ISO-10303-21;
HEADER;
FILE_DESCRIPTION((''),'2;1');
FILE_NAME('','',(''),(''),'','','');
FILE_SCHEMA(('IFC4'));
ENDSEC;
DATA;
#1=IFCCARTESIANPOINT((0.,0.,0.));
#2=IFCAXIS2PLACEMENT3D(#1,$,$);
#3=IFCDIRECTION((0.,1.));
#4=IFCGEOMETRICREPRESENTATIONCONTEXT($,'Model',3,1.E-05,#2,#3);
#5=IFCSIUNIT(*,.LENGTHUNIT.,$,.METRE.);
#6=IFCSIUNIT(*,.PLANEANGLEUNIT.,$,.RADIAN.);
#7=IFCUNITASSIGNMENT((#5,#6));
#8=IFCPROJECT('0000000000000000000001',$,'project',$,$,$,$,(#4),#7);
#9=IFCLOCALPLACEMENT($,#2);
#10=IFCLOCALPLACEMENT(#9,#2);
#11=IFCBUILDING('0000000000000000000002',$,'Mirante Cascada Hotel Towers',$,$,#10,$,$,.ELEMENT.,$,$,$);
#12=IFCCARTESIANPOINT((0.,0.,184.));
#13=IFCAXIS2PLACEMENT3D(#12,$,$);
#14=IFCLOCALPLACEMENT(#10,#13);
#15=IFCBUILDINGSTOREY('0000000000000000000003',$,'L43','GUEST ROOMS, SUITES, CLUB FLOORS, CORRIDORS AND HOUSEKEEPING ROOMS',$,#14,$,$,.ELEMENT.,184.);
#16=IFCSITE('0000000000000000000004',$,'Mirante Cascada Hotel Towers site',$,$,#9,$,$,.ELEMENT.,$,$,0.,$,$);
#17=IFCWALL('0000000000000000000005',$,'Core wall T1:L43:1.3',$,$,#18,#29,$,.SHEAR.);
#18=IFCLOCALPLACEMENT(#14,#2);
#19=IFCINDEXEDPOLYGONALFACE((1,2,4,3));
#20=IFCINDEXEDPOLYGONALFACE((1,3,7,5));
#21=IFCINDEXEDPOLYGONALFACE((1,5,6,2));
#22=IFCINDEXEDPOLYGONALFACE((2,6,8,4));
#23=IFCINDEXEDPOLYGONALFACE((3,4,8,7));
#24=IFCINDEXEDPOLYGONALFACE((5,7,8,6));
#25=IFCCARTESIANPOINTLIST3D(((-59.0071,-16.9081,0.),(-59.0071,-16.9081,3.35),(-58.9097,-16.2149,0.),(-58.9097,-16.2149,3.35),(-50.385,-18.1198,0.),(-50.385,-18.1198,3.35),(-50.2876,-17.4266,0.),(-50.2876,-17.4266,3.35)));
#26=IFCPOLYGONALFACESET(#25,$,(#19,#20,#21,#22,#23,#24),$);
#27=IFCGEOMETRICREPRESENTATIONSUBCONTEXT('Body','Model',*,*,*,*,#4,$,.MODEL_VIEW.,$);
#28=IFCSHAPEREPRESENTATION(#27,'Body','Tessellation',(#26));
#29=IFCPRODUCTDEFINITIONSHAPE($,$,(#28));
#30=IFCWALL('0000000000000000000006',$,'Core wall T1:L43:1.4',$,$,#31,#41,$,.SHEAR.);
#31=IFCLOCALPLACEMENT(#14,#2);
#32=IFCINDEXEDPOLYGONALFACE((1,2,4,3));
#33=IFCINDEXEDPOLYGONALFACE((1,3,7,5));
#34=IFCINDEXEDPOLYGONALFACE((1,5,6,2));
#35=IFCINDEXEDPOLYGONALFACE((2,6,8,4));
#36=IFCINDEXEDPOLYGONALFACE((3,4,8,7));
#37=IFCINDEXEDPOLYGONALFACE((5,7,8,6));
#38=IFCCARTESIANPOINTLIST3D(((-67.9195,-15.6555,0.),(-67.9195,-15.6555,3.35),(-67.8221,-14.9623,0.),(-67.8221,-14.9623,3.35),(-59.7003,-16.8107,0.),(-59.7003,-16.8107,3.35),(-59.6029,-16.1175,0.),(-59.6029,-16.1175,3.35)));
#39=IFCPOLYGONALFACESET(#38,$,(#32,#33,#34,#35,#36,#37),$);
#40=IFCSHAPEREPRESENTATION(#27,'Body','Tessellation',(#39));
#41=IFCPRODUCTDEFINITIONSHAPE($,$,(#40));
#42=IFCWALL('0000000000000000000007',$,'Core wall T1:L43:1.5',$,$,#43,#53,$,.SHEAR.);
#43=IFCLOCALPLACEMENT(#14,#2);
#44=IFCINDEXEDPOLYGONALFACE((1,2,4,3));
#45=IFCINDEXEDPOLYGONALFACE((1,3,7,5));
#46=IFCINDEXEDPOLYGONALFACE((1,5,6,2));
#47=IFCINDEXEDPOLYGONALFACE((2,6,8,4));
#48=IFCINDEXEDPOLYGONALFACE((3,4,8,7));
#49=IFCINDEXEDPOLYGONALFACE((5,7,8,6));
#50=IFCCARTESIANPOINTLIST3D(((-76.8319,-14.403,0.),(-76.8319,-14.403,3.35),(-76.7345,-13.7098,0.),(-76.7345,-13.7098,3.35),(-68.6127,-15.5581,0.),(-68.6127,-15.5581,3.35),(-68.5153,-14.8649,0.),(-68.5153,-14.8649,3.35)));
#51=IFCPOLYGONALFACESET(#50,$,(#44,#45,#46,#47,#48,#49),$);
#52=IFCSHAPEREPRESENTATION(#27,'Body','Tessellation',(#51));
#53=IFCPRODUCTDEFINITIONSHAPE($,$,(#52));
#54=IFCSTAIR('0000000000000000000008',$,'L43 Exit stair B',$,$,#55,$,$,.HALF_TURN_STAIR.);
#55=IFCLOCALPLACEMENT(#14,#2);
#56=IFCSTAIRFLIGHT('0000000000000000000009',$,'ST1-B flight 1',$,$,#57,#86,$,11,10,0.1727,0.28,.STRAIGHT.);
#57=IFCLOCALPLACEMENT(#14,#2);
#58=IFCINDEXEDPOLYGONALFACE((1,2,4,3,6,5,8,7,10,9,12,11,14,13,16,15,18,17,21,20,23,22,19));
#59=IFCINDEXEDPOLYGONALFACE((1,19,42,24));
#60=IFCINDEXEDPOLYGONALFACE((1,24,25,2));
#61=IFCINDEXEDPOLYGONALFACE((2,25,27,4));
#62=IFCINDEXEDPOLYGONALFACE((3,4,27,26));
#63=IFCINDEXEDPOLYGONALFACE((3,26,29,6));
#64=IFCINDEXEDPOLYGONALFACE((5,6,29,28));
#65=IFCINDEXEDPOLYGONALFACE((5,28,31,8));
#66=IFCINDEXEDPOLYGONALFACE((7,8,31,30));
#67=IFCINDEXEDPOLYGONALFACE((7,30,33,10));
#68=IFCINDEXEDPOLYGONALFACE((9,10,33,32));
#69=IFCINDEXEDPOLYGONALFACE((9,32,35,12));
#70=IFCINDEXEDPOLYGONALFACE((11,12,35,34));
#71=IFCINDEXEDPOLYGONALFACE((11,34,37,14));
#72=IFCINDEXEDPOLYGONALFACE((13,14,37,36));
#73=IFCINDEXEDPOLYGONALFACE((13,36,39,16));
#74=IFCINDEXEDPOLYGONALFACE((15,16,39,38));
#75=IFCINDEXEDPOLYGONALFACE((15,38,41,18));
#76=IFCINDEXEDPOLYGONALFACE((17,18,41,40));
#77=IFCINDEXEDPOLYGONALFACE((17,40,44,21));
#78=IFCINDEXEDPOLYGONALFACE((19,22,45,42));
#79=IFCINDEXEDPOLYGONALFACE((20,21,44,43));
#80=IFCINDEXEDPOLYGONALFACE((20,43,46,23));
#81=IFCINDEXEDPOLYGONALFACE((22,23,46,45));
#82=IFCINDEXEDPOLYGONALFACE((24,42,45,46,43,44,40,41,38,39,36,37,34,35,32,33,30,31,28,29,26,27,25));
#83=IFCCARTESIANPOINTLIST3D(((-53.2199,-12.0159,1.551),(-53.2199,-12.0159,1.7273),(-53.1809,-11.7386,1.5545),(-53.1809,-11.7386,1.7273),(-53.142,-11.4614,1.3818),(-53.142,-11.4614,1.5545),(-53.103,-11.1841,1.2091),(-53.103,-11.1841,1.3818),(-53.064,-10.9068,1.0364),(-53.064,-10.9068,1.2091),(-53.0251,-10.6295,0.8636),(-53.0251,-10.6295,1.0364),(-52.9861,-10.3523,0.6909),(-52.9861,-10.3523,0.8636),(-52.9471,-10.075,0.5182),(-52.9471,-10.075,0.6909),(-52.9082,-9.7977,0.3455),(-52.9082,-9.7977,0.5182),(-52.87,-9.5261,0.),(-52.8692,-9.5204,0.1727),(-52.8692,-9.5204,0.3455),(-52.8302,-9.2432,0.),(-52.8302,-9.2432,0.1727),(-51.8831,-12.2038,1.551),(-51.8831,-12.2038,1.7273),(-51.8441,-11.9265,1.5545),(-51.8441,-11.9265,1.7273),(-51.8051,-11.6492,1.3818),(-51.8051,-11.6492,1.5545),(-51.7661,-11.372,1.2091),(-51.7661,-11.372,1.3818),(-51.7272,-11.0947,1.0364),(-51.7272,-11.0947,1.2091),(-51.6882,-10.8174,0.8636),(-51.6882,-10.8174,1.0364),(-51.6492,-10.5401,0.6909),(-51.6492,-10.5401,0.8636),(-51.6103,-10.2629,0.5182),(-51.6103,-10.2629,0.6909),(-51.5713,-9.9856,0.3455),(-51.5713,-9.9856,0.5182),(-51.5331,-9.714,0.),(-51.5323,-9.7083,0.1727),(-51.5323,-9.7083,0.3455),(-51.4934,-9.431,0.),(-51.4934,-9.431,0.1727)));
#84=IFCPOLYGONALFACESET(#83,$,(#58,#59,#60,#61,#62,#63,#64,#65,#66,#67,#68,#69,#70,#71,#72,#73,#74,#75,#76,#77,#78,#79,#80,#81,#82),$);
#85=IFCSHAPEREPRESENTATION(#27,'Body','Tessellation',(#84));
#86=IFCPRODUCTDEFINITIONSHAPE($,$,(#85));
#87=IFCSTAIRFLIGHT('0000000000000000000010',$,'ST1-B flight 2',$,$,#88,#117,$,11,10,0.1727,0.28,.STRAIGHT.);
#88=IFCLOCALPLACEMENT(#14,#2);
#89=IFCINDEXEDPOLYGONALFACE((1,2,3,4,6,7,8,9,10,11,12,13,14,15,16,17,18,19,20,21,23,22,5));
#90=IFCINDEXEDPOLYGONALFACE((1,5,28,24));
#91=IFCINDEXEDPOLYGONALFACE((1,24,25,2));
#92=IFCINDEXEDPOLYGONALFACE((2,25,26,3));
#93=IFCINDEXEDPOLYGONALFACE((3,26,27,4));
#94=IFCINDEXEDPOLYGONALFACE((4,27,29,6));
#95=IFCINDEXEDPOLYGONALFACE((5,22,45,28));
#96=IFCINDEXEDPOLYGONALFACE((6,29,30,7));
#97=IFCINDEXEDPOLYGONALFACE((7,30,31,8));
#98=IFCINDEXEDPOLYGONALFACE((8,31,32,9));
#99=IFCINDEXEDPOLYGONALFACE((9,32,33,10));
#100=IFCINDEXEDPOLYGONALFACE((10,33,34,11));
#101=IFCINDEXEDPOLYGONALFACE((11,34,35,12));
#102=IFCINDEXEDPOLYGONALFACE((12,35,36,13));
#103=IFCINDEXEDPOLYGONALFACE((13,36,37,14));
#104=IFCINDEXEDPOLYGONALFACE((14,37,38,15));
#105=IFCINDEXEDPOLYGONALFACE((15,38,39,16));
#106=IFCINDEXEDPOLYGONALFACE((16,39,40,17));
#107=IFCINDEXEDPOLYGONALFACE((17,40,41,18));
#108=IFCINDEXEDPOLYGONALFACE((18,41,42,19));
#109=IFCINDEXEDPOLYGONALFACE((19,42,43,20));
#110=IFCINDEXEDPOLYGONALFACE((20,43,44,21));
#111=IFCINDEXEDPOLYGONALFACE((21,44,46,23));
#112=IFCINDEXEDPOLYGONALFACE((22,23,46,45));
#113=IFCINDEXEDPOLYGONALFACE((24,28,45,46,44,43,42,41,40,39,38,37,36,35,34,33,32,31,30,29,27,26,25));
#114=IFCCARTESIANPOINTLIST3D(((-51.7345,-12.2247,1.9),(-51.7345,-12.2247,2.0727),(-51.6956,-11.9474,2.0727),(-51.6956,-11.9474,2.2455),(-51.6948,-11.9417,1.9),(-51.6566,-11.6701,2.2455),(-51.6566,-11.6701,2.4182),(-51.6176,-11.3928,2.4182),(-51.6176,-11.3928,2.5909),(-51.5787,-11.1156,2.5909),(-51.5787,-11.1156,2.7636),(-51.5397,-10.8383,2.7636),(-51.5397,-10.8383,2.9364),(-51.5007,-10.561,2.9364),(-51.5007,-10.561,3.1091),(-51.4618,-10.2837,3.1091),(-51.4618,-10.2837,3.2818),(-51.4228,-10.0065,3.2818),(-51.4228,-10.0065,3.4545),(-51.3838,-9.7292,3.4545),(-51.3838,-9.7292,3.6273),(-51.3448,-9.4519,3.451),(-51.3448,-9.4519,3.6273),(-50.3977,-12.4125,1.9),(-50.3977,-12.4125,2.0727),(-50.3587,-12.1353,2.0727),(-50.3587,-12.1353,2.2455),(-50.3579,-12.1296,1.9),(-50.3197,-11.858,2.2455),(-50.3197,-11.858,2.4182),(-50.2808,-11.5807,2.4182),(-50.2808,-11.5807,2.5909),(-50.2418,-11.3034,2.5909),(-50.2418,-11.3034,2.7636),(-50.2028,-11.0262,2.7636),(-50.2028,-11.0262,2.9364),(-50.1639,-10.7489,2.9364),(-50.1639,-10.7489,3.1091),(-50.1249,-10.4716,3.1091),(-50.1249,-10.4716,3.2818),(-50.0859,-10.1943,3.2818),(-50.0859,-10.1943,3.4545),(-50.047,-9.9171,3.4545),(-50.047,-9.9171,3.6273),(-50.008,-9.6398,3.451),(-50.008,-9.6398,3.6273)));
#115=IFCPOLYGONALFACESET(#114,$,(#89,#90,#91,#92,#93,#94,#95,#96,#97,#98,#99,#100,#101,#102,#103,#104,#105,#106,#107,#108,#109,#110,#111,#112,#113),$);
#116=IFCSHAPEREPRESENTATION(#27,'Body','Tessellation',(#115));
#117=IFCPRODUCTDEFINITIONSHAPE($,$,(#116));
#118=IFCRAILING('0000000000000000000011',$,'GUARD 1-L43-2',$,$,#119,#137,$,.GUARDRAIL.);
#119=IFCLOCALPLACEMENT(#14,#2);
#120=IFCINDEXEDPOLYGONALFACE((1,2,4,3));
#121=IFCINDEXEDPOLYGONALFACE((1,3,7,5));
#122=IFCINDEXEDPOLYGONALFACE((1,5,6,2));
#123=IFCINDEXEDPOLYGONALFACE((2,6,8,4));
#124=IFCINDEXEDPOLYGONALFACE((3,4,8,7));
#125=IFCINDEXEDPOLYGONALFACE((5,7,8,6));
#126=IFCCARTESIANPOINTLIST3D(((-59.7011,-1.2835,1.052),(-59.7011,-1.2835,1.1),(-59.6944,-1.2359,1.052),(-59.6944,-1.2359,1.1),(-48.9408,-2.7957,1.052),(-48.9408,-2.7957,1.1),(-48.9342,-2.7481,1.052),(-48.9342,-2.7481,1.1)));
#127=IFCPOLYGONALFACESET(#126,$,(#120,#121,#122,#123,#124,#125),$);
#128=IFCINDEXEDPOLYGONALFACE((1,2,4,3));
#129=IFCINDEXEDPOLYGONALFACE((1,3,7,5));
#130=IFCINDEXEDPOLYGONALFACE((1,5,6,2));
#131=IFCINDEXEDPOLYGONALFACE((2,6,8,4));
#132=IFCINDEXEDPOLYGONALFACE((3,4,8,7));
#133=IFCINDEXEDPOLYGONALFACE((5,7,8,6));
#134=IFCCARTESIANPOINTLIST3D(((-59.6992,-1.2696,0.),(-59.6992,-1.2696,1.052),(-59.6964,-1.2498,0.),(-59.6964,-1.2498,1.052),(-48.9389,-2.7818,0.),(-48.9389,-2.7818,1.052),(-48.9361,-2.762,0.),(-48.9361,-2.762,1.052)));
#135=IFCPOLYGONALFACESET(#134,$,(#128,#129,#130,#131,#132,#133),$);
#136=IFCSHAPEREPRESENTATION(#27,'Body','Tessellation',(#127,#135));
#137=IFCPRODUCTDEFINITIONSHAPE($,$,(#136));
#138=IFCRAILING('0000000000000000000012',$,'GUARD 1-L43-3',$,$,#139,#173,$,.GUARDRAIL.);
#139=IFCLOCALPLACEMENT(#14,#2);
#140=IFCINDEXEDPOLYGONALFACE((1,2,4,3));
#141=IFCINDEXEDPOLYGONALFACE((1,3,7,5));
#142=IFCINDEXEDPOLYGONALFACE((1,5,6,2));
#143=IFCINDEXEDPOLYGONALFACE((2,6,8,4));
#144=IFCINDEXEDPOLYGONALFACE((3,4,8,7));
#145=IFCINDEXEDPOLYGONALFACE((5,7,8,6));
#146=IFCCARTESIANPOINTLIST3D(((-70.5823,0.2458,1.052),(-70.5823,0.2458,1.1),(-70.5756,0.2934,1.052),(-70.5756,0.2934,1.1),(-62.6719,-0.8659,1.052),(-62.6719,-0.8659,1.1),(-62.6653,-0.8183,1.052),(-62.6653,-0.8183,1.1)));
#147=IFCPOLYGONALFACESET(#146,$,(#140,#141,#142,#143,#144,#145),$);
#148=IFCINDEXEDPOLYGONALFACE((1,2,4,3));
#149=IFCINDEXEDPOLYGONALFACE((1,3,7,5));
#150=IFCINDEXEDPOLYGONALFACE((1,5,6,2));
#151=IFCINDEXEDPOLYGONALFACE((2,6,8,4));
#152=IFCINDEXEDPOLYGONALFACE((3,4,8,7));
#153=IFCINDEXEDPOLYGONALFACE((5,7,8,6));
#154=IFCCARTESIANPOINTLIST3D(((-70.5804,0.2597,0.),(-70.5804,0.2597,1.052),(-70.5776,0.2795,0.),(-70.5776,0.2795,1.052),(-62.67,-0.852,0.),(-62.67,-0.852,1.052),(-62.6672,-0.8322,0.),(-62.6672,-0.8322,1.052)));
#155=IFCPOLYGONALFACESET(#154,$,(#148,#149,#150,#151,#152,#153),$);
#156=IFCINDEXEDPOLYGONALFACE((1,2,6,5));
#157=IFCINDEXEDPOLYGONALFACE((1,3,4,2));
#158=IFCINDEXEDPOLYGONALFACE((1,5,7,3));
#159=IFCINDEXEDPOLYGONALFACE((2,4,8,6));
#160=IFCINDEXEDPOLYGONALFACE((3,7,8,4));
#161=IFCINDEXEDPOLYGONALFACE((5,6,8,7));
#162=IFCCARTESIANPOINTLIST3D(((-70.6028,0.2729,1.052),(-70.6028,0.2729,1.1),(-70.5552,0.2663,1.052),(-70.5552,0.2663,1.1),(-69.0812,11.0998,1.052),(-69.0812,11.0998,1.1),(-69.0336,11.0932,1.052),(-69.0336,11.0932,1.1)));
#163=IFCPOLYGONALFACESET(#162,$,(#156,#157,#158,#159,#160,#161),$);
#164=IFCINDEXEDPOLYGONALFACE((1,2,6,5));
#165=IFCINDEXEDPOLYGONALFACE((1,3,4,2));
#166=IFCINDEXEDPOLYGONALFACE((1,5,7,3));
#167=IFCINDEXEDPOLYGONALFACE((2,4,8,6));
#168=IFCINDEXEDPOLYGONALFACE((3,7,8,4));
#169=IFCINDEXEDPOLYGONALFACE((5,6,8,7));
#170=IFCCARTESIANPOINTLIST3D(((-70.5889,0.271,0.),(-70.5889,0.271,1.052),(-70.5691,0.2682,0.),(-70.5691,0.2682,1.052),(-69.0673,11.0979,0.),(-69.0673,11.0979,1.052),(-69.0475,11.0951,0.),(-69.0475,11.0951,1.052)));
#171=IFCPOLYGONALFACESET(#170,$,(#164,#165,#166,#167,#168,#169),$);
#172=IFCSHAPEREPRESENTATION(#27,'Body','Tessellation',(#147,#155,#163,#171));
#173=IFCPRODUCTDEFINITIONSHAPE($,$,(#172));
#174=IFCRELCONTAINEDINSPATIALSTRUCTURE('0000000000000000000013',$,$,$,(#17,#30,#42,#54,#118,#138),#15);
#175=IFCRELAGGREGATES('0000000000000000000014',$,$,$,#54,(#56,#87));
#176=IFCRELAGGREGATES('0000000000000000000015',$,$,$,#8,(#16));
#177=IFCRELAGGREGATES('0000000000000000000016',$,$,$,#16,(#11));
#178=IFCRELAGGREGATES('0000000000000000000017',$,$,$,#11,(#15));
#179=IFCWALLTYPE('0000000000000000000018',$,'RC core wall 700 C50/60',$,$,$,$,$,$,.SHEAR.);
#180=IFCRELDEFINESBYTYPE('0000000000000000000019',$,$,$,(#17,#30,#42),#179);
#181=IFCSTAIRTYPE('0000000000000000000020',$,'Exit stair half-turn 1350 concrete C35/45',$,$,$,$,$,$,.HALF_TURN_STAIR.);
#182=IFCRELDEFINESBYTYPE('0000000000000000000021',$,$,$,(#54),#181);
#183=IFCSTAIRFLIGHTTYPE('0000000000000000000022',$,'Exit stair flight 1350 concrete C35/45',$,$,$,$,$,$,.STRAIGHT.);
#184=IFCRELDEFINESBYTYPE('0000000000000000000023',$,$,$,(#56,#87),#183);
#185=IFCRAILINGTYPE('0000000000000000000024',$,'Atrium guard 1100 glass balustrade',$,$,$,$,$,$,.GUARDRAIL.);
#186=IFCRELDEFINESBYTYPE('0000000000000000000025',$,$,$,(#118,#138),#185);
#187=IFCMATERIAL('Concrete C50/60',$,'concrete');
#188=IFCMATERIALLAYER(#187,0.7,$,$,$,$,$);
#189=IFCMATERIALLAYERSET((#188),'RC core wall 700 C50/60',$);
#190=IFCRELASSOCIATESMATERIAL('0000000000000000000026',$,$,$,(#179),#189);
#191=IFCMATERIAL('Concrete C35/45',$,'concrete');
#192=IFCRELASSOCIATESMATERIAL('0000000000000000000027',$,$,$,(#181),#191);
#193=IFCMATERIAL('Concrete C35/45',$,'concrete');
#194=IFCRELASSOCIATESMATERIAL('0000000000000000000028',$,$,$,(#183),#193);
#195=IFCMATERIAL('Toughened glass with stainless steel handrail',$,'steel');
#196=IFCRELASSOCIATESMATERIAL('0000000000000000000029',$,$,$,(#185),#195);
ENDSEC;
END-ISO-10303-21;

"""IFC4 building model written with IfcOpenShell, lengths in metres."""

from ifc_helpers import new_model, si_unit, direction, frame, frame_2d, origin, origin_2d, place, context, subcontext, project, spatial, polyline, rectangle, outline, extrude, material, layer, layer_set, type_object, element, aggregate, save


model = new_model("IFC4")

# Units and contexts
model_context = context("Model", 3, precision=1e-05, world=origin(), true_north=direction((0.0, 1.0)))
body_context = subcontext(model_context, "Body", "Model", "MODEL_VIEW")
ifc_project = project(units=[si_unit("LENGTHUNIT", "METRE"), si_unit("PLANEANGLEUNIT", "RADIAN")], contexts=[model_context])

# Site, building, storey
site_placement = place(None, origin())
site = spatial("IfcSite", under=ifc_project, at=site_placement, Name="Mirante Cascada Hotel Towers site", CompositionType="ELEMENT", RefElevation=0.0)
building_placement = place(site_placement, origin())
building = spatial("IfcBuilding", under=site, at=building_placement, Name="Mirante Cascada Hotel Towers", CompositionType="ELEMENT")
storey_placement = place(building_placement, frame((0.0, 0.0, 184.0)))
storey = spatial("IfcBuildingStorey", under=building, at=storey_placement, Name="L43", Description="GUEST ROOMS, SUITES, CLUB FLOORS, CORRIDORS AND HOUSEKEEPING ROOMS", CompositionType="ELEMENT", Elevation=184.0)

# Walls
ifc_material_1 = material(Name="Concrete C50/60", Category="concrete")
ifc_layer_1 = layer(ifc_material_1, 0.7)
ifc_layer_set_1 = layer_set([ifc_layer_1], Name="RC core wall 700 C50/60")
wall_type_1 = type_object("IfcWallType", Name="RC core wall 700 C50/60", PredefinedType="SHEAR", material=ifc_layer_set_1)
wall_1_placement = place(storey_placement, frame((-50.3363, -17.7732, 0.0), z_axis=(0.0, 0.0, 1.0), x_axis=(-0.990269, 0.139167, 0.0)))
element("IfcWall", 1, at=wall_1_placement, inside=storey, type_object=wall_type_1, Name="Core wall T1:L43:1.3", PredefinedType="SHEAR", context=body_context, shape_type="SweptSolid", body=[
    extrude(rectangle(XDim=8.7068, YDim=0.7, at=frame_2d((4.3534, 0.0))), origin(), (0.0, 0.0, 1.0), 3.35),
])
for number, where, z_axis, x_axis, name in (
    (2, (-59.6516, -16.4641, 0.0), (0.0, 0.0, 1.0), (-0.990267, 0.139181, 0.0), "Core wall T1:L43:1.4"),
    (3, (-68.564, -15.2115, 0.0), (0.0, 0.0, 1.0), (-0.990269, 0.139169, 0.0), "Core wall T1:L43:1.5"),
):
    element("IfcWall", number, at=place(storey_placement, frame(where, z_axis=z_axis, x_axis=x_axis)), inside=storey, type_object=wall_type_1, Name=name, PredefinedType="SHEAR", context=body_context, shape_type="SweptSolid", body=[
        extrude(rectangle(XDim=8.3, YDim=0.7, at=frame_2d((4.15, 0.0))), origin(), (0.0, 0.0, 1.0), 3.35),
    ])

# Stair, stair flights
ifc_material_2 = material(Name="Concrete C35/45", Category="concrete")
stair_type = type_object("IfcStairType", Name="Exit stair half-turn 1350 concrete C35/45", PredefinedType="HALF_TURN_STAIR", material=ifc_material_2)
stair_placement = place(storey_placement, origin())
stair = element("IfcStair", 4, at=stair_placement, inside=storey, type_object=stair_type, Name="L43 Exit stair B", PredefinedType="HALF_TURN_STAIR")
ifc_material_3 = material(Name="Concrete C35/45", Category="concrete")
stair_flight_type = type_object("IfcStairFlightType", Name="Exit stair flight 1350 concrete C35/45", PredefinedType="STRAIGHT", material=ifc_material_3)
stair_flight_1_placement = place(storey_placement, frame((-52.1618, -9.3371, 0.0), z_axis=(0.0, 0.0, 1.0), x_axis=(-0.139173, -0.990268, 0.0)))
stair_flight_1 = element("IfcStairFlight", 5, at=stair_flight_1_placement, type_object=stair_flight_type, Name="ST1-B flight 1", NumberOfRisers=11, NumberOfTreads=10, PredefinedType="STRAIGHT", RiserHeight=0.1727, TreadLength=0.28, context=body_context, shape_type="SweptSolid", body=[
    extrude(outline(polyline([(0.0, 0.0), (0.0, 0.1727), (0.28, 0.1727), (0.28, 0.3455), (0.56, 0.3455), (0.56, 0.5182), (0.84, 0.5182), (0.84, 0.6909), (1.12, 0.6909), (1.12, 0.8636), (1.4, 0.8636), (1.4, 1.0364), (1.68, 1.0364), (1.68, 1.2091), (1.96, 1.2091), (1.96, 1.3818), (2.24, 1.3818), (2.24, 1.5545), (2.52, 1.5545), (2.52, 1.7273), (2.8, 1.7273), (2.8, 1.9), (2.8, 1.551), (0.2857, 0.0), (0.0, 0.0)])), frame((0.0, 0.675, 0.0), z_axis=(0.0, -1.0, 0.0), x_axis=(1.0, 0.0, 0.0)), (0.0, 0.0, 1.0), 1.35),
])
stair_flight_2_placement = place(storey_placement, frame((-51.0661, -12.3186, 1.9), z_axis=(0.0, 0.0, 1.0), x_axis=(0.139173, 0.990268, 0.0)))
stair_flight_2 = element("IfcStairFlight", 6, at=stair_flight_2_placement, type_object=stair_flight_type, Name="ST1-B flight 2", NumberOfRisers=11, NumberOfTreads=10, PredefinedType="STRAIGHT", RiserHeight=0.1727, TreadLength=0.28, context=body_context, shape_type="SweptSolid", body=[
    extrude(outline(polyline([(0.0, 0.0), (0.0, 0.1727), (0.28, 0.1727), (0.28, 0.3455), (0.56, 0.3455), (0.56, 0.5182), (0.84, 0.5182), (0.84, 0.6909), (1.12, 0.6909), (1.12, 0.8636), (1.4, 0.8636), (1.4, 1.0364), (1.68, 1.0364), (1.68, 1.2091), (1.96, 1.2091), (1.96, 1.3818), (2.24, 1.3818), (2.24, 1.5545), (2.52, 1.5545), (2.52, 1.7273), (2.8, 1.7273), (2.8, 1.9), (2.8, 1.551), (0.2857, 0.0), (0.0, 0.0)])), frame((0.0, 0.675, 0.0), z_axis=(0.0, -1.0, 0.0), x_axis=(1.0, 0.0, 0.0)), (0.0, 0.0, 1.0), 1.35),
])
aggregate(stair, [stair_flight_1, stair_flight_2])

# Railings
ifc_material_4 = material(Name="Toughened glass with stainless steel handrail", Category="steel")
railing_type_1 = type_object("IfcRailingType", Name="Atrium guard 1100 glass balustrade", PredefinedType="GUARDRAIL", material=ifc_material_4)
railing_1_placement = place(storey_placement, frame((-48.9375, -2.7719, 0.0)))
element("IfcRailing", 7, at=railing_1_placement, inside=storey, type_object=railing_type_1, Name="GUARD 1-L43-2", PredefinedType="GUARDRAIL", context=body_context, shape_type="SweptSolid", body=[
    extrude(rectangle(XDim=0.048, YDim=0.048, at=origin_2d()), frame((0.0, 0.0, 1.076), z_axis=(-0.990269, 0.139167, 0.0), x_axis=(-0.139167, -0.990269, 0.0)), (0.0, 0.0, 1.0), 10.866),
    extrude(rectangle(XDim=0.02, YDim=1.052, at=origin_2d()), frame((0.0, 0.0, 0.526), z_axis=(-0.990269, 0.139167, 0.0), x_axis=(-0.139167, -0.990269, 0.0)), (0.0, 0.0, 1.0), 10.866),
])
railing_2_placement = place(storey_placement, frame((-62.6686, -0.8421, 0.0)))
element("IfcRailing", 8, at=railing_2_placement, inside=storey, type_object=railing_type_1, Name="GUARD 1-L43-3", PredefinedType="GUARDRAIL", context=body_context, shape_type="SweptSolid", body=[
    extrude(rectangle(XDim=0.048, YDim=0.048, at=origin_2d()), frame((0.0, 0.0, 1.076), z_axis=(-0.990269, 0.139169, 0.0), x_axis=(-0.139169, -0.990269, 0.0)), (0.0, 0.0, 1.0), 7.9881),
    extrude(rectangle(XDim=0.02, YDim=1.052, at=origin_2d()), frame((0.0, 0.0, 0.526), z_axis=(-0.990269, 0.139169, 0.0), x_axis=(-0.139169, -0.990269, 0.0)), (0.0, 0.0, 1.0), 7.9881),
    extrude(rectangle(XDim=0.048, YDim=0.048, at=origin_2d()), frame((-7.9104, 1.1117, 1.076), z_axis=(0.139171, 0.990268, 0.0), x_axis=(-0.990268, 0.139171, 0.0)), (0.0, 0.0, 1.0), 10.9333),
    extrude(rectangle(XDim=0.02, YDim=1.052, at=origin_2d()), frame((-7.9104, 1.1117, 0.526), z_axis=(0.139171, 0.990268, 0.0), x_axis=(-0.990268, 0.139171, 0.0)), (0.0, 0.0, 1.0), 10.9333),
])

save(model, "model.ifc")
